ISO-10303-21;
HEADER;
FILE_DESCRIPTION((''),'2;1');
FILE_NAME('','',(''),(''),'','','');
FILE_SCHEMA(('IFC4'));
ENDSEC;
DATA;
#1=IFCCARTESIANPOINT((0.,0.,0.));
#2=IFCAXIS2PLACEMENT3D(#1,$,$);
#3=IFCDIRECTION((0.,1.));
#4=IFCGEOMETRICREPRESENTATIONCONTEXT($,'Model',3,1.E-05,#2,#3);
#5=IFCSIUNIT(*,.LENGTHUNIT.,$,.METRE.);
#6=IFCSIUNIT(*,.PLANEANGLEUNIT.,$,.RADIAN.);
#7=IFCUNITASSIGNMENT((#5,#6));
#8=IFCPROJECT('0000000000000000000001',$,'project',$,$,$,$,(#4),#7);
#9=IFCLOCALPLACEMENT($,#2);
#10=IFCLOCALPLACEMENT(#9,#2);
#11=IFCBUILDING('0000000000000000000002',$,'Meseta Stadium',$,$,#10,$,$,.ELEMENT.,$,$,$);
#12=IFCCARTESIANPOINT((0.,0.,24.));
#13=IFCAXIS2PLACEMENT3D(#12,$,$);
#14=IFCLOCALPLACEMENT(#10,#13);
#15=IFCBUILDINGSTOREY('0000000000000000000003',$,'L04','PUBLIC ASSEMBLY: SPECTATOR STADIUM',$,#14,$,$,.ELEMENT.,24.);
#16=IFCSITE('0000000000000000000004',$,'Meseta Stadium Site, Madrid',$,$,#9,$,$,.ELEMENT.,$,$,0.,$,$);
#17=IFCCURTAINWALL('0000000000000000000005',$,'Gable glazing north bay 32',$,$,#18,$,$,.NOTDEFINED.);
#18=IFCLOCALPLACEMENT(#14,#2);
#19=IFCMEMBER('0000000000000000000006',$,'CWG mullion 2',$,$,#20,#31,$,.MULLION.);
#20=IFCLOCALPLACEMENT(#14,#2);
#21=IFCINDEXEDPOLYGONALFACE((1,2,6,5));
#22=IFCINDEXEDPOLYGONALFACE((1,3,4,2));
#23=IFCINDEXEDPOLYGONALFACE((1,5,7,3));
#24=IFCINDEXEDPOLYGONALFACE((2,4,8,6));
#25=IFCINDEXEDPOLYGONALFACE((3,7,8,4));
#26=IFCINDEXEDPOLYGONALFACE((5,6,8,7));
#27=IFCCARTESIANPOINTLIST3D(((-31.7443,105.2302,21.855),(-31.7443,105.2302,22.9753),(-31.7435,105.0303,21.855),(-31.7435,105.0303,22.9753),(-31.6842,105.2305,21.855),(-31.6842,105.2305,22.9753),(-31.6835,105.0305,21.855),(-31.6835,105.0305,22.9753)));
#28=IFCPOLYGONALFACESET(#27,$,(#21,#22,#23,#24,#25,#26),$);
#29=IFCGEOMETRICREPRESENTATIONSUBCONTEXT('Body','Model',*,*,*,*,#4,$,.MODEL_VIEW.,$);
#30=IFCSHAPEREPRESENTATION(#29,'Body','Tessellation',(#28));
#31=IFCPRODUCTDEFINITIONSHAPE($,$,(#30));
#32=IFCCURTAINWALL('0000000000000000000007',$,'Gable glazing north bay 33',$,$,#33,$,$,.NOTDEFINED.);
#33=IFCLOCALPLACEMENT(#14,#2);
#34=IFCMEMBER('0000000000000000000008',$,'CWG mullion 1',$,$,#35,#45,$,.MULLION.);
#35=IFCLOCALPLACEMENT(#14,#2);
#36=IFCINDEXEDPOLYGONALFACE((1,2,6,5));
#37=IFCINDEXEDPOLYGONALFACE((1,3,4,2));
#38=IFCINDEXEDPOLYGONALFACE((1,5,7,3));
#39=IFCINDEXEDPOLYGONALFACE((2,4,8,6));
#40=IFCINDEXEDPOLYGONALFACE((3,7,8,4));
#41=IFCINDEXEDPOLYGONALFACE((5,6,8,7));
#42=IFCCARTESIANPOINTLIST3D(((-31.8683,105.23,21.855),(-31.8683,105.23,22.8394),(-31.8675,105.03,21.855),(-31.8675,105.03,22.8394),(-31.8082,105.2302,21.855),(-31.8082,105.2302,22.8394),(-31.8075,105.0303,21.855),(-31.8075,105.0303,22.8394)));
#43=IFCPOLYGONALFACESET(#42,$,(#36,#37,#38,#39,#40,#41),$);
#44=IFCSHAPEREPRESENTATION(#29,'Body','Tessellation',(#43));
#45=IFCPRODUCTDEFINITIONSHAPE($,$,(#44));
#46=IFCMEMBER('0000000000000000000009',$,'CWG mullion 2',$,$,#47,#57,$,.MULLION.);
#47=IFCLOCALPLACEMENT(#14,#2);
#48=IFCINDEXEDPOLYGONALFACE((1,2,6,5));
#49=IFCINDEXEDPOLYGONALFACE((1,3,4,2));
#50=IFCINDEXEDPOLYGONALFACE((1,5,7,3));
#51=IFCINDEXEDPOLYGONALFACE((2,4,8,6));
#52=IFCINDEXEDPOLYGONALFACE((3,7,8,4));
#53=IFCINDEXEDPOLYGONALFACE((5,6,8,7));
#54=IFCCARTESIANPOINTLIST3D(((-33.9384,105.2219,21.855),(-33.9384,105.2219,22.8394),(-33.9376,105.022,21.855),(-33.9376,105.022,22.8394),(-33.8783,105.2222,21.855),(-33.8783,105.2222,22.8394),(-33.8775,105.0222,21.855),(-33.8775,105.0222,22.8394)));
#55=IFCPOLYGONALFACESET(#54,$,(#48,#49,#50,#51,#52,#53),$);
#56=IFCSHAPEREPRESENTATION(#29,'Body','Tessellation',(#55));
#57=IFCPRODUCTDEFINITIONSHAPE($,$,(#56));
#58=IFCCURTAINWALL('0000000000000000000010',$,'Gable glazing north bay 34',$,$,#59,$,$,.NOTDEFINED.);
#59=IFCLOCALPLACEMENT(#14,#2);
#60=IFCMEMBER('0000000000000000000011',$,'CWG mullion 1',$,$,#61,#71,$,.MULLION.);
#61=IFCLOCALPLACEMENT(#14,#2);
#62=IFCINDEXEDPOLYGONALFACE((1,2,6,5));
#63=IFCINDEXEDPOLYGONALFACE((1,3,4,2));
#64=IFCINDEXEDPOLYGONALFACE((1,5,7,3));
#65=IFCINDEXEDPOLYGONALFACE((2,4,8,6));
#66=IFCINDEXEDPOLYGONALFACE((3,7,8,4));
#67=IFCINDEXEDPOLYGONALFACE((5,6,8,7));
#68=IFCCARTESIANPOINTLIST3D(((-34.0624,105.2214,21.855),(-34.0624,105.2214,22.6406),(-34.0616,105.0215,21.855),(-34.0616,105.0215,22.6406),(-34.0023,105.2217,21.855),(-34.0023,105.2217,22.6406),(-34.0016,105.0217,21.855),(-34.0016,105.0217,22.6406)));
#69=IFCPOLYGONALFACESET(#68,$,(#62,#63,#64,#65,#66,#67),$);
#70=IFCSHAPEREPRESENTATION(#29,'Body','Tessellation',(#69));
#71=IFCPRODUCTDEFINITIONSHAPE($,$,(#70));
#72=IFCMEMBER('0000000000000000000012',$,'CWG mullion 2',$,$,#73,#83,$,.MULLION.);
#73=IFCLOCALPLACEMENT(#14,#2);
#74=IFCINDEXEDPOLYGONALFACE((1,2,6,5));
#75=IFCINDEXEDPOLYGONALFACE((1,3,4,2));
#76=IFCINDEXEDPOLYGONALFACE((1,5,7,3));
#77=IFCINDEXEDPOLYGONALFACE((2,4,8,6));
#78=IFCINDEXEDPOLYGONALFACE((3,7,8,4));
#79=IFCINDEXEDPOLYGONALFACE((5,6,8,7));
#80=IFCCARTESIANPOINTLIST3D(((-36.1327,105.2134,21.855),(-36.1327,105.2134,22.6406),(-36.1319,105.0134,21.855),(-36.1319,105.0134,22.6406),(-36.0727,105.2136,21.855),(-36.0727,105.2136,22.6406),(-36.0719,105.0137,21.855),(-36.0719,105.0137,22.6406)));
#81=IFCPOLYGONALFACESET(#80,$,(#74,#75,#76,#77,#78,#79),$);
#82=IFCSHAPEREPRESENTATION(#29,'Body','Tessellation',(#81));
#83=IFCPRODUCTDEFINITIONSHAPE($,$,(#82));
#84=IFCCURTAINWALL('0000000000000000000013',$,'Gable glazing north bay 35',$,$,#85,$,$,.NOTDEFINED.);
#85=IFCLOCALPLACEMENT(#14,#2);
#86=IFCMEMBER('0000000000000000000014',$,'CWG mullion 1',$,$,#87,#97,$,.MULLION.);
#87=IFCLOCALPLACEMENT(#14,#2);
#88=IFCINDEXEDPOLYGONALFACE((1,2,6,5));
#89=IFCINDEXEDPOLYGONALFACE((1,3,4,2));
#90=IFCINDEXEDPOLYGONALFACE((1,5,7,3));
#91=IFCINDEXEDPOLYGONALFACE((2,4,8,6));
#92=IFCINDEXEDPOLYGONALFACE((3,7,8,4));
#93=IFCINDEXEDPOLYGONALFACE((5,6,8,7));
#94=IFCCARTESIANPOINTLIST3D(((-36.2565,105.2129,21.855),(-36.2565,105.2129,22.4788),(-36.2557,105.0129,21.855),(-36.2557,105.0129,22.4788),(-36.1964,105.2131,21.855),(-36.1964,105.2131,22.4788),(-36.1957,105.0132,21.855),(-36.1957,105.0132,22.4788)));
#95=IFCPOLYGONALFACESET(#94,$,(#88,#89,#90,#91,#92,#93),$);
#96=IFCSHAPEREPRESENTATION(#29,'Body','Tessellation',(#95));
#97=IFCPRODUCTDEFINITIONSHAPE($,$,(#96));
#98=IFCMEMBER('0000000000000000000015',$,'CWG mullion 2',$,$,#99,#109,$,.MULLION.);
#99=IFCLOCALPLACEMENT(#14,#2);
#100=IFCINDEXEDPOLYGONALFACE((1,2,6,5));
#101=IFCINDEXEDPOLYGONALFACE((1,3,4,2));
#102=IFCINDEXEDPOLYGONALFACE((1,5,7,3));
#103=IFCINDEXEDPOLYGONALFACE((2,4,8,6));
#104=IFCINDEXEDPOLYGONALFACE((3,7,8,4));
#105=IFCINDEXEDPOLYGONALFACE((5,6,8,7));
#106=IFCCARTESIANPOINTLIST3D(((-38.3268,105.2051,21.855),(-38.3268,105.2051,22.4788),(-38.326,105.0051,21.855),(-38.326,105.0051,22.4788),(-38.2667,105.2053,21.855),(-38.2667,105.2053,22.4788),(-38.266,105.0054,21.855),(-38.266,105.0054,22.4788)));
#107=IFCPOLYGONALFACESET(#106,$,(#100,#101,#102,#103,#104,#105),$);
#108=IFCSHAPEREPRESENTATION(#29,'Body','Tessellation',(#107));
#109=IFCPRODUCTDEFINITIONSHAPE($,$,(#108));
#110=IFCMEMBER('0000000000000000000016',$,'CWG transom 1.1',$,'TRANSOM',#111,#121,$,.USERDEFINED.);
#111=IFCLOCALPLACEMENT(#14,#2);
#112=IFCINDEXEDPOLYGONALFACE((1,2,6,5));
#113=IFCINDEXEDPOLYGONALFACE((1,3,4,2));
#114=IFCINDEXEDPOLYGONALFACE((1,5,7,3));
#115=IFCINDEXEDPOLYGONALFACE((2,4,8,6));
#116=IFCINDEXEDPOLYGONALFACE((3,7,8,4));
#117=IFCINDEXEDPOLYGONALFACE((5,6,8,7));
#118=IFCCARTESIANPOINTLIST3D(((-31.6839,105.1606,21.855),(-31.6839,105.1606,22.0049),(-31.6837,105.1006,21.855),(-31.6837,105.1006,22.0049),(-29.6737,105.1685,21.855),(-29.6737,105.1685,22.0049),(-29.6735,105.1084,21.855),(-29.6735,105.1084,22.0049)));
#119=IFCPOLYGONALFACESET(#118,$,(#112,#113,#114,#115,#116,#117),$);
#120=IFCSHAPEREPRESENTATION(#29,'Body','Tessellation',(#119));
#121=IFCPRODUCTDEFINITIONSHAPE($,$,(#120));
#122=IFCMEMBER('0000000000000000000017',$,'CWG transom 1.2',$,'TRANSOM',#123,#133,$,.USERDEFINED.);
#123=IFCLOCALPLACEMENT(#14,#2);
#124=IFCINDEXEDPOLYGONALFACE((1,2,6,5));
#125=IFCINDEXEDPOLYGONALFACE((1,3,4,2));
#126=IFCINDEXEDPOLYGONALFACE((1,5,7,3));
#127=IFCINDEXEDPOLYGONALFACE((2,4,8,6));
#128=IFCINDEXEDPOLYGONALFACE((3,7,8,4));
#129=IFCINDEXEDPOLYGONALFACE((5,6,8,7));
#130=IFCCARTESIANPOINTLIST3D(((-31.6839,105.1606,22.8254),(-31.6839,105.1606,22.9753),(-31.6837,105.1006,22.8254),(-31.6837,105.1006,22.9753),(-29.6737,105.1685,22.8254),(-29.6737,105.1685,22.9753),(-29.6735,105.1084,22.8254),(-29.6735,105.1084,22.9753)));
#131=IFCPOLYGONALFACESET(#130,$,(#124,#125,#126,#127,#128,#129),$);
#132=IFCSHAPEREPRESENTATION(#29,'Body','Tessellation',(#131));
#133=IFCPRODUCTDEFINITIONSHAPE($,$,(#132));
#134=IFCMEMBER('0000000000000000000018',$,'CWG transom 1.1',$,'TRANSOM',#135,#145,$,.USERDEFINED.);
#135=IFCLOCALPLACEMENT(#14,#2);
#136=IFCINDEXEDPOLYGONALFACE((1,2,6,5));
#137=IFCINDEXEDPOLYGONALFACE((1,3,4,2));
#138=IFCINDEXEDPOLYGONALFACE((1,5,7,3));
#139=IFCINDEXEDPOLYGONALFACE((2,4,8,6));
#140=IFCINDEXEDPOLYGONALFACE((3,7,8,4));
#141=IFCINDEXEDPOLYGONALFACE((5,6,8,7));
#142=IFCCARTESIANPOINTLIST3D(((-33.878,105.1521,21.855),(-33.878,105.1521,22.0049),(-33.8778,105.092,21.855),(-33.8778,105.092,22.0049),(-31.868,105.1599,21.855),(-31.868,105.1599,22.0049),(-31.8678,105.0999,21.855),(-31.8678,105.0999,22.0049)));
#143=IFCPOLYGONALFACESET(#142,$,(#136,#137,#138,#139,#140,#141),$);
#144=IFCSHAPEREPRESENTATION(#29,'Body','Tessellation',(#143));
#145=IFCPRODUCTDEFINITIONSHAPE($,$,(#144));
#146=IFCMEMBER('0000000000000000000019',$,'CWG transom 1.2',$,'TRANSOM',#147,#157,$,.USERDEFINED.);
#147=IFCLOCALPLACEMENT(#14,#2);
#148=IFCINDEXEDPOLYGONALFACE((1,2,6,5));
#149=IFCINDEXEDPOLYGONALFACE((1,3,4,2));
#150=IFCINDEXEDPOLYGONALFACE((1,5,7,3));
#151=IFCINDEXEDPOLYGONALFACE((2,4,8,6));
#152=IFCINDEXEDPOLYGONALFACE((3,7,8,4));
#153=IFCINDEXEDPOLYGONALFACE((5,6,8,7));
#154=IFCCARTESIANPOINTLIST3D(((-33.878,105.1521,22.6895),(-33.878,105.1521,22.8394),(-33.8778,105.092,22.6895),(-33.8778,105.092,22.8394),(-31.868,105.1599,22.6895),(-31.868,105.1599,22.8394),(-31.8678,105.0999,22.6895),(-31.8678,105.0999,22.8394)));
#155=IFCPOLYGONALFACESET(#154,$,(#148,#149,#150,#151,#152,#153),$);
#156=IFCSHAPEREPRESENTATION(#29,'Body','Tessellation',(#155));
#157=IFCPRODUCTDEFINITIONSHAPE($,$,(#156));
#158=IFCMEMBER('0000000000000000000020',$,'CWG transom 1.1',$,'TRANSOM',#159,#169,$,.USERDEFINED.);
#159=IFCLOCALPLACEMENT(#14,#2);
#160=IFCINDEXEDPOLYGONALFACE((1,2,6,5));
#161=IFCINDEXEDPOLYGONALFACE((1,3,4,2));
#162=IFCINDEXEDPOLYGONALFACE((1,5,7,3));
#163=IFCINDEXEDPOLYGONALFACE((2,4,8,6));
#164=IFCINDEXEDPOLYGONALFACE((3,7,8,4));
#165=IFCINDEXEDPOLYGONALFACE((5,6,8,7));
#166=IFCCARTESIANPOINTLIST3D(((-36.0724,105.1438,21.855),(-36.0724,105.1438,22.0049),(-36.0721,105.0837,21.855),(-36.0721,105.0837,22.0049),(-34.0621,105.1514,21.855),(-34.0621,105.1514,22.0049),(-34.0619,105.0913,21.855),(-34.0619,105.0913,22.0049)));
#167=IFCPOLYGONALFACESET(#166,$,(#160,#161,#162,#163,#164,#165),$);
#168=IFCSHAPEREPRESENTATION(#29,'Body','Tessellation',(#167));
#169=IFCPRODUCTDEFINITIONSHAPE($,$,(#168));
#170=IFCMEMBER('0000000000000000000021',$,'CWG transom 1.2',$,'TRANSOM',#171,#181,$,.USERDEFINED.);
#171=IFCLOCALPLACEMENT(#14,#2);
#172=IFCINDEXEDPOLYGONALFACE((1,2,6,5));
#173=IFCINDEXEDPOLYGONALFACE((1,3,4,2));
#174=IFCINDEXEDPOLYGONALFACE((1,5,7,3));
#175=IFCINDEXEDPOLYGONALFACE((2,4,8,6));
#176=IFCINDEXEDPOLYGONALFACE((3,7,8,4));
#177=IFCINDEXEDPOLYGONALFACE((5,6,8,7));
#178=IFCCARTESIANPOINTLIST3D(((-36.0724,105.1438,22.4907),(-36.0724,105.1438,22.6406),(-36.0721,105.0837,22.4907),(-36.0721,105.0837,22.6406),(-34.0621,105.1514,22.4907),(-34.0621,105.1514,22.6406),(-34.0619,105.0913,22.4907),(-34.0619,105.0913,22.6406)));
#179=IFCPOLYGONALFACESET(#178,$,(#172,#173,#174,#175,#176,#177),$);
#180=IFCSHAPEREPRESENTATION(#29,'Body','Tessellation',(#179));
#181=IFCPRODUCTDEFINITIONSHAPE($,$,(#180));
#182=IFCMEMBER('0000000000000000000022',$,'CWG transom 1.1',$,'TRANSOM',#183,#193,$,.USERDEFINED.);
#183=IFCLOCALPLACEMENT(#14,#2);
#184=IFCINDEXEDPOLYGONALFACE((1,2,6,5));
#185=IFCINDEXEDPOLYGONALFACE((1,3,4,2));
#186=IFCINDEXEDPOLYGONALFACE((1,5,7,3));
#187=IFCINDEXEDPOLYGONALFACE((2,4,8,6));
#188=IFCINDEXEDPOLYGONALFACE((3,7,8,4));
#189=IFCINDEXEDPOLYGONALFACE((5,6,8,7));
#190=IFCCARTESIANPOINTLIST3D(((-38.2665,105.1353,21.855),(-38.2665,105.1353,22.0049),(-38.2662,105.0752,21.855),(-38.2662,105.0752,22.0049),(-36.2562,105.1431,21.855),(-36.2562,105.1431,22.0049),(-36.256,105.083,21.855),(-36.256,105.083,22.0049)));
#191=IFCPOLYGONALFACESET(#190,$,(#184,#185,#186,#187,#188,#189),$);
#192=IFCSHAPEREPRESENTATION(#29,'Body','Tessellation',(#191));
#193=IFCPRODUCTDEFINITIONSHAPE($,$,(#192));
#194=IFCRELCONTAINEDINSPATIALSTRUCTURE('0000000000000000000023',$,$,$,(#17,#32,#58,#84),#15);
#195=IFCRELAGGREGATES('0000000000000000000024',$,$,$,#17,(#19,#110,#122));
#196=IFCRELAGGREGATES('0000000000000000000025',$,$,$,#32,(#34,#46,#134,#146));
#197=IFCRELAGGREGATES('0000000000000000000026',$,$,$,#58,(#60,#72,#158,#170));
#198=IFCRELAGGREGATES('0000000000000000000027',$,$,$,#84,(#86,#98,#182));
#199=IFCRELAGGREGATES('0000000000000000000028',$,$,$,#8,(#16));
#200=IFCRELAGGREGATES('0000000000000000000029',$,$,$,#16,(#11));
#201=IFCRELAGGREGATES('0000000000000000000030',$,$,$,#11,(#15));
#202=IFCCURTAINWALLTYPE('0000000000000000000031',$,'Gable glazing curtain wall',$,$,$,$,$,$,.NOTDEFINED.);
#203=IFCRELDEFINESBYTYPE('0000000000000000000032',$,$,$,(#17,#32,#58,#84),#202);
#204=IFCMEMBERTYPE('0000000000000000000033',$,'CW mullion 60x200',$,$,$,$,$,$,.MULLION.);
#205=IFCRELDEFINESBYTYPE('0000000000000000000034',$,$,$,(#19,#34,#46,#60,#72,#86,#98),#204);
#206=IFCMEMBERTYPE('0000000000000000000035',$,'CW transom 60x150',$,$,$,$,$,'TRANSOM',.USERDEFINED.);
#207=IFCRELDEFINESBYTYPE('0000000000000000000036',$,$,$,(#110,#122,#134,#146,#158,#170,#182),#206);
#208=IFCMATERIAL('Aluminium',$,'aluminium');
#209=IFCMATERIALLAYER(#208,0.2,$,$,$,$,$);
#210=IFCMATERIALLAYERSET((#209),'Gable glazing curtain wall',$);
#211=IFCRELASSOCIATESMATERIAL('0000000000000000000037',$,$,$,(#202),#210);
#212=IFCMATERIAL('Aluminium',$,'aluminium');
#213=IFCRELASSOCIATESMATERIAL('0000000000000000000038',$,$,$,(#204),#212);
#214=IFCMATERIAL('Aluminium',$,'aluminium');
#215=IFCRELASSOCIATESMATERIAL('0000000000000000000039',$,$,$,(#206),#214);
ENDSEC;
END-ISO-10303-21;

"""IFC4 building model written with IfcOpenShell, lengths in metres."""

from ifc_helpers import new_model, si_unit, direction, frame, origin, origin_2d, place, context, subcontext, project, spatial, rectangle, extrude, material, layer, layer_set, material_profile, profile_set, type_object, element, aggregate, save


model = new_model("IFC4")

# Units and contexts
model_context = context("Model", 3, precision=1e-05, world=origin(), true_north=direction((0.0, 1.0)))
body_context = subcontext(model_context, "Body", "Model", "MODEL_VIEW")
ifc_project = project(units=[si_unit("LENGTHUNIT", "METRE"), si_unit("PLANEANGLEUNIT", "RADIAN")], contexts=[model_context])

# Site, building, storey
site_placement = place(None, origin())
site = spatial("IfcSite", under=ifc_project, at=site_placement, Name="Meseta Stadium Site, Madrid", CompositionType="ELEMENT", RefElevation=0.0)
building_placement = place(site_placement, origin())
building = spatial("IfcBuilding", under=site, at=building_placement, Name="Meseta Stadium", CompositionType="ELEMENT")
storey_placement = place(building_placement, frame((0.0, 0.0, 24.0)))
storey = spatial("IfcBuildingStorey", under=building, at=storey_placement, Name="L04", Description="PUBLIC ASSEMBLY: SPECTATOR STADIUM", CompositionType="ELEMENT", Elevation=24.0)

# Curtain wall, member
ifc_material_1 = material(Name="Aluminium", Category="aluminium")
ifc_layer_1 = layer(ifc_material_1, 0.2)
ifc_layer_set_1 = layer_set([ifc_layer_1], Name="Gable glazing curtain wall")
curtain_wall_type = type_object("IfcCurtainWallType", Name="Gable glazing curtain wall", PredefinedType="NOTDEFINED", material=ifc_layer_set_1)
curtain_wall_1_placement = place(storey_placement, origin())
curtain_wall_1 = element("IfcCurtainWall", 1, at=curtain_wall_1_placement, inside=storey, type_object=curtain_wall_type, Name="Gable glazing north bay 32", PredefinedType="NOTDEFINED")
ifc_material_2 = material(Name="Aluminium", Category="aluminium")
ifc_material_profile_1 = material_profile(ifc_material_2, rectangle(XDim=0.2, YDim=0.0601, at=origin_2d()), Name="CW 200x60")
ifc_profile_set_1 = profile_set([ifc_material_profile_1], Name="Aluminium")
member_type_1 = type_object("IfcMemberType", Name="CW mullion 60x200", PredefinedType="MULLION", material=ifc_profile_set_1)
member_1_placement = place(storey_placement, frame((-31.7139, 105.1304, 21.855), z_axis=(0.0, 0.0, 1.0), x_axis=(0.003848, -0.999993, 0.0)))
member_1 = element("IfcMember", 2, at=member_1_placement, type_object=member_type_1, Name="CWG mullion 2", PredefinedType="MULLION", context=body_context, shape_type="SweptSolid", body=[
    extrude(rectangle(XDim=0.2, YDim=0.0601, at=origin_2d()), origin(), (0.0, 0.0, 1.0), 1.1204),
])

# Curtain walls, members
curtain_wall_2_placement = place(storey_placement, origin())
curtain_wall_2 = element("IfcCurtainWall", 3, at=curtain_wall_2_placement, inside=storey, type_object=curtain_wall_type, Name="Gable glazing north bay 33", PredefinedType="NOTDEFINED")
member_2_placement = place(storey_placement, frame((-31.8379, 105.1301, 21.855), z_axis=(0.0, 0.0, 1.0), x_axis=(0.003848, -0.999993, 0.0)))
member_2 = element("IfcMember", 4, at=member_2_placement, type_object=member_type_1, Name="CWG mullion 1", PredefinedType="MULLION", context=body_context, shape_type="SweptSolid", body=[
    extrude(rectangle(XDim=0.2, YDim=0.0601, at=origin_2d()), origin(), (0.0, 0.0, 1.0), 0.9844),
])
member_3_placement = place(storey_placement, frame((-33.908, 105.1221, 21.855), z_axis=(0.0, 0.0, 1.0), x_axis=(0.003848, -0.999993, 0.0)))
member_3 = element("IfcMember", 5, at=member_3_placement, type_object=member_type_1, Name="CWG mullion 2", PredefinedType="MULLION", context=body_context, shape_type="SweptSolid", body=[
    extrude(rectangle(XDim=0.2, YDim=0.0601, at=origin_2d()), origin(), (0.0, 0.0, 1.0), 0.9844),
])
curtain_wall_3_placement = place(storey_placement, origin())
curtain_wall_3 = element("IfcCurtainWall", 6, at=curtain_wall_3_placement, inside=storey, type_object=curtain_wall_type, Name="Gable glazing north bay 34", PredefinedType="NOTDEFINED")
member_4_placement = place(storey_placement, frame((-34.032, 105.1216, 21.855), z_axis=(0.0, 0.0, 1.0), x_axis=(0.003848, -0.999993, 0.0)))
member_4 = element("IfcMember", 7, at=member_4_placement, type_object=member_type_1, Name="CWG mullion 1", PredefinedType="MULLION", context=body_context, shape_type="SweptSolid", body=[
    extrude(rectangle(XDim=0.2, YDim=0.0601, at=origin_2d()), origin(), (0.0, 0.0, 1.0), 0.7856),
])
member_5_placement = place(storey_placement, frame((-36.1023, 105.1135, 21.855), z_axis=(0.0, 0.0, 1.0), x_axis=(0.003848, -0.999993, 0.0)))
member_5 = element("IfcMember", 8, at=member_5_placement, type_object=member_type_1, Name="CWG mullion 2", PredefinedType="MULLION", context=body_context, shape_type="SweptSolid", body=[
    extrude(rectangle(XDim=0.2, YDim=0.0601, at=origin_2d()), origin(), (0.0, 0.0, 1.0), 0.7856),
])
curtain_wall_4_placement = place(storey_placement, origin())
curtain_wall_4 = element("IfcCurtainWall", 9, at=curtain_wall_4_placement, inside=storey, type_object=curtain_wall_type, Name="Gable glazing north bay 35", PredefinedType="NOTDEFINED")
member_6_placement = place(storey_placement, frame((-36.2261, 105.113, 21.855), z_axis=(0.0, 0.0, 1.0), x_axis=(0.003848, -0.999993, 0.0)))
member_6 = element("IfcMember", 10, at=member_6_placement, type_object=member_type_1, Name="CWG mullion 1", PredefinedType="MULLION", context=body_context, shape_type="SweptSolid", body=[
    extrude(rectangle(XDim=0.2, YDim=0.0601, at=origin_2d()), origin(), (0.0, 0.0, 1.0), 0.6238),
])
member_7_placement = place(storey_placement, frame((-38.2964, 105.1052, 21.855), z_axis=(0.0, 0.0, 1.0), x_axis=(0.003848, -0.999993, 0.0)))
member_7 = element("IfcMember", 11, at=member_7_placement, type_object=member_type_1, Name="CWG mullion 2", PredefinedType="MULLION", context=body_context, shape_type="SweptSolid", body=[
    extrude(rectangle(XDim=0.2, YDim=0.0601, at=origin_2d()), origin(), (0.0, 0.0, 1.0), 0.6238),
])

# Members
ifc_material_3 = material(Name="Aluminium", Category="aluminium")
ifc_material_profile_2 = material_profile(ifc_material_3, rectangle(XDim=0.0601, YDim=0.1499, at=origin_2d()), Name="CW 60x150")
ifc_profile_set_2 = profile_set([ifc_material_profile_2], Name="Aluminium")
member_type_2 = type_object("IfcMemberType", Name="CW transom 60x150", ElementType="TRANSOM", PredefinedType="USERDEFINED", material=ifc_profile_set_2)
member_8_placement = place(storey_placement, frame((-29.6736, 105.1384, 21.9299), z_axis=(-0.999992, -0.003886, 0.0), x_axis=(0.003886, -0.999992, 0.0)))
member_8 = element("IfcMember", 12, at=member_8_placement, type_object=member_type_2, Name="CWG transom 1.1", ObjectType="TRANSOM", PredefinedType="USERDEFINED", context=body_context, shape_type="SweptSolid", body=[
    extrude(rectangle(XDim=0.0601, YDim=0.1499, at=origin_2d()), origin(), (0.0, 0.0, 1.0), 2.0103),
])
member_9_placement = place(storey_placement, frame((-29.6736, 105.1384, 22.9004), z_axis=(-0.999992, -0.003886, 0.0), x_axis=(0.003886, -0.999992, 0.0)))
member_9 = element("IfcMember", 13, at=member_9_placement, type_object=member_type_2, Name="CWG transom 1.2", ObjectType="TRANSOM", PredefinedType="USERDEFINED", context=body_context, shape_type="SweptSolid", body=[
    extrude(rectangle(XDim=0.0601, YDim=0.1499, at=origin_2d()), origin(), (0.0, 0.0, 1.0), 2.0103),
])
member_10_placement = place(storey_placement, frame((-31.8679, 105.1299, 21.9299), z_axis=(-0.999992, -0.003887, 0.0), x_axis=(0.003887, -0.999992, 0.0)))
member_10 = element("IfcMember", 14, at=member_10_placement, type_object=member_type_2, Name="CWG transom 1.1", ObjectType="TRANSOM", PredefinedType="USERDEFINED", context=body_context, shape_type="SweptSolid", body=[
    extrude(rectangle(XDim=0.0601, YDim=0.1499, at=origin_2d()), origin(), (0.0, 0.0, 1.0), 2.01),
])
member_11_placement = place(storey_placement, frame((-31.8679, 105.1299, 22.7644), z_axis=(-0.999992, -0.003887, 0.0), x_axis=(0.003887, -0.999992, 0.0)))
member_11 = element("IfcMember", 15, at=member_11_placement, type_object=member_type_2, Name="CWG transom 1.2", ObjectType="TRANSOM", PredefinedType="USERDEFINED", context=body_context, shape_type="SweptSolid", body=[
    extrude(rectangle(XDim=0.0601, YDim=0.1499, at=origin_2d()), origin(), (0.0, 0.0, 1.0), 2.01),
])
member_12_placement = place(storey_placement, frame((-34.062, 105.1213, 21.9299), z_axis=(-0.999993, -0.003765, 0.0), x_axis=(0.003765, -0.999993, 0.0)))
member_12 = element("IfcMember", 16, at=member_12_placement, type_object=member_type_2, Name="CWG transom 1.1", ObjectType="TRANSOM", PredefinedType="USERDEFINED", context=body_context, shape_type="SweptSolid", body=[
    extrude(rectangle(XDim=0.0601, YDim=0.1499, at=origin_2d()), origin(), (0.0, 0.0, 1.0), 2.0103),
])
member_13_placement = place(storey_placement, frame((-34.062, 105.1213, 22.5657), z_axis=(-0.999993, -0.003765, 0.0), x_axis=(0.003765, -0.999993, 0.0)))
member_13 = element("IfcMember", 17, at=member_13_placement, type_object=member_type_2, Name="CWG transom 1.2", ObjectType="TRANSOM", PredefinedType="USERDEFINED", context=body_context, shape_type="SweptSolid", body=[
    extrude(rectangle(XDim=0.0601, YDim=0.1499, at=origin_2d()), origin(), (0.0, 0.0, 1.0), 2.0103),
])
member_14_placement = place(storey_placement, frame((-36.2561, 105.113, 21.9299), z_axis=(-0.999992, -0.003886, 0.0), x_axis=(0.003886, -0.999992, 0.0)))
member_14 = element("IfcMember", 18, at=member_14_placement, type_object=member_type_2, Name="CWG transom 1.1", ObjectType="TRANSOM", PredefinedType="USERDEFINED", context=body_context, shape_type="SweptSolid", body=[
    extrude(rectangle(XDim=0.0601, YDim=0.1499, at=origin_2d()), origin(), (0.0, 0.0, 1.0), 2.0103),
])

aggregate(curtain_wall_1, [member_1, member_8, member_9])
aggregate(curtain_wall_2, [member_2, member_3, member_10, member_11])
aggregate(curtain_wall_3, [member_4, member_5, member_12, member_13])
aggregate(curtain_wall_4, [member_6, member_7, member_14])

save(model, "model.ifc")
